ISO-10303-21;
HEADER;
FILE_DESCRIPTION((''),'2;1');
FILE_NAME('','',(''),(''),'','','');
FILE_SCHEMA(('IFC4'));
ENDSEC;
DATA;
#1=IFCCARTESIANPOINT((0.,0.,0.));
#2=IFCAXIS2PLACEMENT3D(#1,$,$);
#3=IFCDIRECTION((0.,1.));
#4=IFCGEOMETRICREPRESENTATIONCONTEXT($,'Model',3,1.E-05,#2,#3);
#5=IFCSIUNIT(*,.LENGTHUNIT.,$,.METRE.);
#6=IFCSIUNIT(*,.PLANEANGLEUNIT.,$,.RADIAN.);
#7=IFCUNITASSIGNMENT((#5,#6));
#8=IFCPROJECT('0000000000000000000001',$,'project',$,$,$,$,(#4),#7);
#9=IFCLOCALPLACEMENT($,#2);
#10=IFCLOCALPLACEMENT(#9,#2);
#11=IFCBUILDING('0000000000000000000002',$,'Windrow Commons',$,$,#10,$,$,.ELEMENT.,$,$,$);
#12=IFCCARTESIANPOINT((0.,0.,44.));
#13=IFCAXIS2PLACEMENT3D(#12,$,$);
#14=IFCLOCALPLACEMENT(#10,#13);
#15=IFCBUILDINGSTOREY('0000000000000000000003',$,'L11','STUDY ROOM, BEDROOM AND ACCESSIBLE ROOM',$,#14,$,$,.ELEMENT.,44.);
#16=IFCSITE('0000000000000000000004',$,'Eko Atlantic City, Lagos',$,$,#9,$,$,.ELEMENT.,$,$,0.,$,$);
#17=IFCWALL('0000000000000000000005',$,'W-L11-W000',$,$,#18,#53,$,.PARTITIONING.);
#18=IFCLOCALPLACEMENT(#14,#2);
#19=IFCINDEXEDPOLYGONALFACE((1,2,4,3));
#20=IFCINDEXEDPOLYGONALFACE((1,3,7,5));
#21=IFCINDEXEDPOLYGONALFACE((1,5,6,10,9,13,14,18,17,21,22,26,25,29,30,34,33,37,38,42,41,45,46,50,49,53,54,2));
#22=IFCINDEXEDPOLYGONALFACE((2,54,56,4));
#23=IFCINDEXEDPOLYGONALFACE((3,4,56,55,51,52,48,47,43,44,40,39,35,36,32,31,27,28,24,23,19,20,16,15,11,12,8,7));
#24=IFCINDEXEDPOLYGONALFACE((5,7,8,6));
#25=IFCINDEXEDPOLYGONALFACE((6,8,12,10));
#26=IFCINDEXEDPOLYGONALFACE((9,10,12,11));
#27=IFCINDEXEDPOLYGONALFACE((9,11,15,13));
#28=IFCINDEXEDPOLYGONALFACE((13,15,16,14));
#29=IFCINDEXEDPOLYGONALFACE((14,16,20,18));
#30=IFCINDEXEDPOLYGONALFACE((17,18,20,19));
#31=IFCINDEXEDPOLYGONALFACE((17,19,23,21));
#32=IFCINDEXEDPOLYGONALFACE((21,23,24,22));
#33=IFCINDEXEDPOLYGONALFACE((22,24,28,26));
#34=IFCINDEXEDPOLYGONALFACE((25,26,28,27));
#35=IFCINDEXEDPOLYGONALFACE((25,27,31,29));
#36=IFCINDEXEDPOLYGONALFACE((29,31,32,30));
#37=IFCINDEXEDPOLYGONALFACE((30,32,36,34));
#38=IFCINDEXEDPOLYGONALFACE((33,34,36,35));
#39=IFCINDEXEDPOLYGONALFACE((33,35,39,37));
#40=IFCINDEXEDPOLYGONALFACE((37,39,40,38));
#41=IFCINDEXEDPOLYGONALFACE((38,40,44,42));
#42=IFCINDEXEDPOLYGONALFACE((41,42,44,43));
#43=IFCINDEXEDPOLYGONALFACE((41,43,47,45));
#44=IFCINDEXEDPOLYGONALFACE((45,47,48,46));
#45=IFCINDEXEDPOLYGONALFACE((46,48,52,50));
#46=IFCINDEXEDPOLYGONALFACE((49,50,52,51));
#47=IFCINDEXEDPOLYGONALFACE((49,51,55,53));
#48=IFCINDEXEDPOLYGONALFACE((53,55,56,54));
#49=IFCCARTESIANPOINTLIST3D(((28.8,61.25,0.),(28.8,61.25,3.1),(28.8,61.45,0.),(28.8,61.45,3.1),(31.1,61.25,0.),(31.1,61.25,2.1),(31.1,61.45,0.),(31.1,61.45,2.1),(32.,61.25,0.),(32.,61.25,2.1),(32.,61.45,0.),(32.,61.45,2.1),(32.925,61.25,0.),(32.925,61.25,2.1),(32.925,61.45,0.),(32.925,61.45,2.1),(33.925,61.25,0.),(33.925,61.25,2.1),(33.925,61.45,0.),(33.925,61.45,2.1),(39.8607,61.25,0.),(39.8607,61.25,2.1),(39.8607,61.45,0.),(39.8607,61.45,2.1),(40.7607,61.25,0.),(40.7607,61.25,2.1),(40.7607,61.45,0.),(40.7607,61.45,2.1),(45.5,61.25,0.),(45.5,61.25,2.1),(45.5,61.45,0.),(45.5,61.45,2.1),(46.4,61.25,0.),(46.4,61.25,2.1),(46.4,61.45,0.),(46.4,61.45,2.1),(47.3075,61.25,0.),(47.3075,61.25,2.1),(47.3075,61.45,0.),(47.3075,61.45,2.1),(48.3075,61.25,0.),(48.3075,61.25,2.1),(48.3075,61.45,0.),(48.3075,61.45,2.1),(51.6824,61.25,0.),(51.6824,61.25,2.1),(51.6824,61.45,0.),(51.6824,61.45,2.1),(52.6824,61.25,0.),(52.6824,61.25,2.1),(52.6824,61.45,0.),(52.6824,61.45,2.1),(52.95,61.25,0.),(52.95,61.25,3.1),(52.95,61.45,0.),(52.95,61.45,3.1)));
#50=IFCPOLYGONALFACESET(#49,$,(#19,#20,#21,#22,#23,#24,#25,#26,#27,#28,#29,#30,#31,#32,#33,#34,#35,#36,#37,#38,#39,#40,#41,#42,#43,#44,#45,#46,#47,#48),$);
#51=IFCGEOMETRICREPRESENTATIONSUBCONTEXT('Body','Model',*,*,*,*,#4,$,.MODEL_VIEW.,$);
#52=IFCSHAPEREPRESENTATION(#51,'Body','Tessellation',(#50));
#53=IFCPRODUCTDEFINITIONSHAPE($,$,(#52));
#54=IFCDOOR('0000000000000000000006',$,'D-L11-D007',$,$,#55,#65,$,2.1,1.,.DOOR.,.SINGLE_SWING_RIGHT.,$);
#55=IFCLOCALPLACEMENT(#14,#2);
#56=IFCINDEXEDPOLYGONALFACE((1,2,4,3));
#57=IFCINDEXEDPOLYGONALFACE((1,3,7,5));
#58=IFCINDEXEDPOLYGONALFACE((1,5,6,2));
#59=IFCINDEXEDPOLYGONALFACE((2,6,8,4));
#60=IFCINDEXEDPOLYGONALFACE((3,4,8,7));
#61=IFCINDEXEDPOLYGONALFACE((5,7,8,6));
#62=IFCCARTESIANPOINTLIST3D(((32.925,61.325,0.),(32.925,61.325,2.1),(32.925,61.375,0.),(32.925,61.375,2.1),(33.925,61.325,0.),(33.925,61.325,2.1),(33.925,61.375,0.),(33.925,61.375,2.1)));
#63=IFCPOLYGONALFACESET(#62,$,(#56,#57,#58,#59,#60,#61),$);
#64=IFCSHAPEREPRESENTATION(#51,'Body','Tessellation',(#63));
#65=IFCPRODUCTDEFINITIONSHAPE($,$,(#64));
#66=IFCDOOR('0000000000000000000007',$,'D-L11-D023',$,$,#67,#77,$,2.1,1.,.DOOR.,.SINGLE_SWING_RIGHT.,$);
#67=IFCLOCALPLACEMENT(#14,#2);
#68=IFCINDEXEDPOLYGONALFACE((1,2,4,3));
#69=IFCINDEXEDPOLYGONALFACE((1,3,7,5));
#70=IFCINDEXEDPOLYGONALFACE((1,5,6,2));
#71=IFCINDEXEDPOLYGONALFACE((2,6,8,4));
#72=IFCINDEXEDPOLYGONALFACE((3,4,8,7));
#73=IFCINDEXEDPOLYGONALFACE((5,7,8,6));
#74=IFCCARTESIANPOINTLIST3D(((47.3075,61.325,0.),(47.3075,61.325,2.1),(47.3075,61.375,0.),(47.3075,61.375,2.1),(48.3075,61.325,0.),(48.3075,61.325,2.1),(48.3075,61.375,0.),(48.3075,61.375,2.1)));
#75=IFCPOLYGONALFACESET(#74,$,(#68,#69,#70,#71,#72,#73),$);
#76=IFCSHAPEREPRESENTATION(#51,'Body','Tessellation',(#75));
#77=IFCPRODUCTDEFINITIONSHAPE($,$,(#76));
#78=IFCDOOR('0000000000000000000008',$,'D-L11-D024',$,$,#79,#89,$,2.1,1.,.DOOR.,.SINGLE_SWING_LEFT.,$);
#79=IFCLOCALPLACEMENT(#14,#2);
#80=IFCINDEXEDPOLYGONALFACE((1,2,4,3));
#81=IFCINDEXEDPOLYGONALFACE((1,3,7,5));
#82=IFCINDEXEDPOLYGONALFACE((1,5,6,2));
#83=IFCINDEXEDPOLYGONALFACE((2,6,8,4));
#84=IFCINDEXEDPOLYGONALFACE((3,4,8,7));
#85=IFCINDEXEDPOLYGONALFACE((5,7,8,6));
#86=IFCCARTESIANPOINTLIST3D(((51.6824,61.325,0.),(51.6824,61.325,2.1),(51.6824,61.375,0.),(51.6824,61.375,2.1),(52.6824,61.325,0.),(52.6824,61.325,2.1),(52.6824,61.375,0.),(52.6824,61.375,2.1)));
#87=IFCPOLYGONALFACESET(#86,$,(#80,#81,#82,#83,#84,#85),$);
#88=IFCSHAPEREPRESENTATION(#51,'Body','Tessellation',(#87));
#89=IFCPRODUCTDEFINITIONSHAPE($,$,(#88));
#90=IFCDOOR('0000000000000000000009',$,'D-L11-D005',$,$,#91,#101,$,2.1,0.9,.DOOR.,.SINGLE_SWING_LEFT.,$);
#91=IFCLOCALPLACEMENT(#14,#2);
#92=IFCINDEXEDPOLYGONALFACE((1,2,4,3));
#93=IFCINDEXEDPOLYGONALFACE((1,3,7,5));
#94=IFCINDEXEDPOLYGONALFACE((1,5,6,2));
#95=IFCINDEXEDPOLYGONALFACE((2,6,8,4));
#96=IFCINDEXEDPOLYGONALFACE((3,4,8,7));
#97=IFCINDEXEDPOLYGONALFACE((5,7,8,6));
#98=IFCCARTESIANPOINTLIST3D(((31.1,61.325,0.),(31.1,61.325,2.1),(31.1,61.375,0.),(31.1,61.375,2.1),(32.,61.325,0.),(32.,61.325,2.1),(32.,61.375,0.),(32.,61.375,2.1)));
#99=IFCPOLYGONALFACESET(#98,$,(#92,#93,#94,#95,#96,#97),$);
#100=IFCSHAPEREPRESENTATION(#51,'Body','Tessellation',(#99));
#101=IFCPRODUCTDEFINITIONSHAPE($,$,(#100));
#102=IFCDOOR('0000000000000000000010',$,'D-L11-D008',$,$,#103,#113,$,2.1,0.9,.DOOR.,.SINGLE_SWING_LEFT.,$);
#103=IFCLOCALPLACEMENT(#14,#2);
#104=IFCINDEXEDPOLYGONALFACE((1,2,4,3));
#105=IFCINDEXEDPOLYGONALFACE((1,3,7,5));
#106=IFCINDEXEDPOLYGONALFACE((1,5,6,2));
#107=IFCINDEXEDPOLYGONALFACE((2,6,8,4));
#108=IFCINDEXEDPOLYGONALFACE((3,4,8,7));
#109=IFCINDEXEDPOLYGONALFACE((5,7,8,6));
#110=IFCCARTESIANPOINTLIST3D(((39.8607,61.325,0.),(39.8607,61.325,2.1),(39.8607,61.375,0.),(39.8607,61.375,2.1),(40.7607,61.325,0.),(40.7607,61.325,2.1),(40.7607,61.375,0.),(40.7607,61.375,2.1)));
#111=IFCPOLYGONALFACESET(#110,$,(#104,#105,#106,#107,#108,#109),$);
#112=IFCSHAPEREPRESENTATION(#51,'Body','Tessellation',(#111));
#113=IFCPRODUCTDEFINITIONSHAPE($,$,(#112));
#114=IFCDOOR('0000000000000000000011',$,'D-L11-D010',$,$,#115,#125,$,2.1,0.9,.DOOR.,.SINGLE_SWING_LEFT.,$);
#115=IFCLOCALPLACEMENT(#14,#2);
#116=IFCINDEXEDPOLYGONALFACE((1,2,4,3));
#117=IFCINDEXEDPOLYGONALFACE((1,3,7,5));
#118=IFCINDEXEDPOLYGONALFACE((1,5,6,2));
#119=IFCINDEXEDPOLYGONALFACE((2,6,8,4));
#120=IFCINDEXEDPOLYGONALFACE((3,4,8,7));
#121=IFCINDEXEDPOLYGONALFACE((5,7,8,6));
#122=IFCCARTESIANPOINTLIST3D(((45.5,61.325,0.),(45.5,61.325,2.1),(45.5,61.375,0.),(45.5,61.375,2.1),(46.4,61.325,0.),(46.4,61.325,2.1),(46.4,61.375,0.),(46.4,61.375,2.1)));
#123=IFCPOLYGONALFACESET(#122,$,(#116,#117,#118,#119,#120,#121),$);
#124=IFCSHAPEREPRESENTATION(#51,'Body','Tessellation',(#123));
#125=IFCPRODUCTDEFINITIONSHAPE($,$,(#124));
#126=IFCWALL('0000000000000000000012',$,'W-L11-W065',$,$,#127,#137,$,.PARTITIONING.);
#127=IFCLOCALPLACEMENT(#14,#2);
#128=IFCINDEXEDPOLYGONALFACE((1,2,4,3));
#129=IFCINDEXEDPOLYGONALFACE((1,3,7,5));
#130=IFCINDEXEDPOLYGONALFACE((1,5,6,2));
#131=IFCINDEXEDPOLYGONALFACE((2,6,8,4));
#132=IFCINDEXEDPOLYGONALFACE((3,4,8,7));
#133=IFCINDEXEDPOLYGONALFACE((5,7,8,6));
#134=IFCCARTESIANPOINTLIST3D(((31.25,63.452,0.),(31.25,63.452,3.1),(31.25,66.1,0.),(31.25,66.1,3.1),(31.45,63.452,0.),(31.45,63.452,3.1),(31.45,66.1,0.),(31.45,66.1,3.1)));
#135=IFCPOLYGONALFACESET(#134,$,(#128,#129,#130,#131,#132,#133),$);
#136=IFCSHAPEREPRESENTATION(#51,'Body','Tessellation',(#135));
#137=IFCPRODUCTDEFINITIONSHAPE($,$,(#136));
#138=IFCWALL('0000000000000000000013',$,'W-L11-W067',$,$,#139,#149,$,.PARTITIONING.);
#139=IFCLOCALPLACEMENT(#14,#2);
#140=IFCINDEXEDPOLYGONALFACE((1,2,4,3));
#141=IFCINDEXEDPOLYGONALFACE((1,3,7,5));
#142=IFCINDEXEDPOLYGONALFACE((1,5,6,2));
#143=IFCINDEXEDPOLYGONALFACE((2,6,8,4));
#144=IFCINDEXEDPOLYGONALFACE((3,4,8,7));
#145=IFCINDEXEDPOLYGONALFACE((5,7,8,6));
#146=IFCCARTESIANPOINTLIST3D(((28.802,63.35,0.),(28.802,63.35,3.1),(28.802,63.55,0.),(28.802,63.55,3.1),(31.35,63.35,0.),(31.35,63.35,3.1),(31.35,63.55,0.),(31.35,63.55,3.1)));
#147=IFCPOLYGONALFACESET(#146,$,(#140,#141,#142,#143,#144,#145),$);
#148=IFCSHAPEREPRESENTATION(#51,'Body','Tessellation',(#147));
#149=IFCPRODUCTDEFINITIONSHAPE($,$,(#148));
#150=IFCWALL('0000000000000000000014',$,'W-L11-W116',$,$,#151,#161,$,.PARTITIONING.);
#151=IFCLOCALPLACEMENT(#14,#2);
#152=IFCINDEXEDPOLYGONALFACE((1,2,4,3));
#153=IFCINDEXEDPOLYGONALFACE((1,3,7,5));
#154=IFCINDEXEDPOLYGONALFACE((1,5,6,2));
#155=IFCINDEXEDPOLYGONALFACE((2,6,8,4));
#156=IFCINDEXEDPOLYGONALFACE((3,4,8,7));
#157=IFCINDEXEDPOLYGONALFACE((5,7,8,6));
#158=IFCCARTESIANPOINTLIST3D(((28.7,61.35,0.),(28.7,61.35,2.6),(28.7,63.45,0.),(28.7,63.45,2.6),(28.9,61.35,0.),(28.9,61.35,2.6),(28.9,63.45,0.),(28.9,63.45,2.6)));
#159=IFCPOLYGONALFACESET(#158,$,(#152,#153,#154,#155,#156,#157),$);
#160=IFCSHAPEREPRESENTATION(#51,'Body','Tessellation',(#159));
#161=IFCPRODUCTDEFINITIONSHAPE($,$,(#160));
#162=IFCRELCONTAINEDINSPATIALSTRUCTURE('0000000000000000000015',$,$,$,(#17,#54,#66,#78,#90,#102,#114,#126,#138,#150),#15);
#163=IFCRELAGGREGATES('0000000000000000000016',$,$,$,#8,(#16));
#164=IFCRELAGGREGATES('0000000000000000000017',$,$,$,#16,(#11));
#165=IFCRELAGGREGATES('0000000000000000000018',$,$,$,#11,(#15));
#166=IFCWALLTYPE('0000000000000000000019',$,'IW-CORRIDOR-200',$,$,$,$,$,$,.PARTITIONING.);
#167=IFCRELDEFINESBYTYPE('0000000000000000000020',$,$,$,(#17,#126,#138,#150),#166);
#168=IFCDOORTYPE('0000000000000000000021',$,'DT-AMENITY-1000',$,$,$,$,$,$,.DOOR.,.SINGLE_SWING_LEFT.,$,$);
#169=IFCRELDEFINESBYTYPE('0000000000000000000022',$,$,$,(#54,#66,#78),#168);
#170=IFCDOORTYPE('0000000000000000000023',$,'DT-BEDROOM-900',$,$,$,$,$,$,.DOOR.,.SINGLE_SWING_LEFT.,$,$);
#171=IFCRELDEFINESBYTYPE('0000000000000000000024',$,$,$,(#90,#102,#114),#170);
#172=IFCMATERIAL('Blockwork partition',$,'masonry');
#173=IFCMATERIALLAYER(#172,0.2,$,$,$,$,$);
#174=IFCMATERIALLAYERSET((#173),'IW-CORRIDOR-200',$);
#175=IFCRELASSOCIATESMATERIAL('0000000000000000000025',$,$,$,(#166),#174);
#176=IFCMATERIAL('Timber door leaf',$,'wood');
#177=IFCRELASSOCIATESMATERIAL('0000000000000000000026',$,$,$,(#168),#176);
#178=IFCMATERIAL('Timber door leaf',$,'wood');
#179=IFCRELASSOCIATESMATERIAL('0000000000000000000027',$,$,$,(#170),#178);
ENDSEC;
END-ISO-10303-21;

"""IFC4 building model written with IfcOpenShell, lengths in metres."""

from ifc_helpers import new_model, si_unit, direction, frame, frame_2d, origin, place, context, subcontext, project, spatial, rectangle, extrude, material, layer, layer_set, type_object, element, fill, save


model = new_model("IFC4")

# Units and contexts
model_context = context("Model", 3, precision=1e-05, world=origin(), true_north=direction((0.0, 1.0)))
body_context = subcontext(model_context, "Body", "Model", "MODEL_VIEW")
ifc_project = project(units=[si_unit("LENGTHUNIT", "METRE"), si_unit("PLANEANGLEUNIT", "RADIAN")], contexts=[model_context])

# Site, building, storey
site_placement = place(None, origin())
site = spatial("IfcSite", under=ifc_project, at=site_placement, Name="Eko Atlantic City, Lagos", CompositionType="ELEMENT", RefElevation=0.0)
building_placement = place(site_placement, origin())
building = spatial("IfcBuilding", under=site, at=building_placement, Name="Windrow Commons", CompositionType="ELEMENT")
storey_placement = place(building_placement, frame((0.0, 0.0, 44.0)))
storey = spatial("IfcBuildingStorey", under=building, at=storey_placement, Name="L11", Description="STUDY ROOM, BEDROOM AND ACCESSIBLE ROOM", CompositionType="ELEMENT", Elevation=44.0)

# Wall, openings, doors
ifc_material_1 = material(Name="Blockwork partition", Category="masonry")
ifc_layer_1 = layer(ifc_material_1, 0.2)
ifc_layer_set_1 = layer_set([ifc_layer_1], Name="IW-CORRIDOR-200")
wall_type_1 = type_object("IfcWallType", Name="IW-CORRIDOR-200", PredefinedType="PARTITIONING", material=ifc_layer_set_1)
wall_1_placement = place(storey_placement, frame((28.8, 61.35, 0.0), z_axis=(0.0, 0.0, 1.0), x_axis=(1.0, 0.0, 0.0)))
wall_1 = element("IfcWall", 1, at=wall_1_placement, inside=storey, type_object=wall_type_1, Name="W-L11-W000", PredefinedType="PARTITIONING", context=body_context, shape_type="SweptSolid", body=[
    extrude(rectangle(XDim=24.15, YDim=0.2, at=frame_2d((12.075, 0.0))), origin(), (0.0, 0.0, 1.0), 3.1),
])
opening_1_placement = place(wall_1_placement, frame((2.3, 0.0, 0.0)))
opening_1 = element("IfcOpeningElement", 2, at=opening_1_placement, cuts=wall_1, PredefinedType="OPENING", context=body_context, shape_type="SweptSolid", body=[
    extrude(rectangle(XDim=0.9, YDim=2.1, at=frame_2d((0.45, 1.05))), frame((0.0, 0.11, 0.0), z_axis=(0.0, -1.0, 0.0), x_axis=(1.0, 0.0, 0.0)), (0.0, 0.0, 1.0), 0.22),
])
opening_2_placement = place(wall_1_placement, frame((4.125, 0.0, 0.0)))
opening_2 = element("IfcOpeningElement", 3, at=opening_2_placement, cuts=wall_1, PredefinedType="OPENING", context=body_context, shape_type="SweptSolid", body=[
    extrude(rectangle(XDim=1.0, YDim=2.1, at=frame_2d((0.5, 1.05))), frame((0.0, 0.11, 0.0), z_axis=(0.0, -1.0, 0.0), x_axis=(1.0, 0.0, 0.0)), (0.0, 0.0, 1.0), 0.22),
])
opening_3_placement = place(wall_1_placement, frame((11.0607, 0.0, 0.0)))
opening_3 = element("IfcOpeningElement", 4, at=opening_3_placement, cuts=wall_1, PredefinedType="OPENING", context=body_context, shape_type="SweptSolid", body=[
    extrude(rectangle(XDim=0.9, YDim=2.1, at=frame_2d((0.45, 1.05))), frame((0.0, 0.11, 0.0), z_axis=(0.0, -1.0, 0.0), x_axis=(1.0, 0.0, 0.0)), (0.0, 0.0, 1.0), 0.22),
])
opening_4_placement = place(wall_1_placement, frame((16.7, 0.0, 0.0)))
opening_4 = element("IfcOpeningElement", 5, at=opening_4_placement, cuts=wall_1, PredefinedType="OPENING", context=body_context, shape_type="SweptSolid", body=[
    extrude(rectangle(XDim=0.9, YDim=2.1, at=frame_2d((0.45, 1.05))), frame((0.0, 0.11, 0.0), z_axis=(0.0, -1.0, 0.0), x_axis=(1.0, 0.0, 0.0)), (0.0, 0.0, 1.0), 0.22),
])
opening_5_placement = place(wall_1_placement, frame((18.5075, 0.0, 0.0)))
opening_5 = element("IfcOpeningElement", 6, at=opening_5_placement, cuts=wall_1, PredefinedType="OPENING", context=body_context, shape_type="SweptSolid", body=[
    extrude(rectangle(XDim=1.0, YDim=2.1, at=frame_2d((0.5, 1.05))), frame((0.0, 0.11, 0.0), z_axis=(0.0, -1.0, 0.0), x_axis=(1.0, 0.0, 0.0)), (0.0, 0.0, 1.0), 0.22),
])
opening_6_placement = place(wall_1_placement, frame((22.8824, 0.0, 0.0)))
opening_6 = element("IfcOpeningElement", 7, at=opening_6_placement, cuts=wall_1, PredefinedType="OPENING", context=body_context, shape_type="SweptSolid", body=[
    extrude(rectangle(XDim=1.0, YDim=2.1, at=frame_2d((0.5, 1.05))), frame((0.0, 0.11, 0.0), z_axis=(0.0, -1.0, 0.0), x_axis=(1.0, 0.0, 0.0)), (0.0, 0.0, 1.0), 0.22),
])
ifc_material_2 = material(Name="Timber door leaf", Category="wood")
door_type_1 = type_object("IfcDoorType", Name="DT-AMENITY-1000", OperationType="SINGLE_SWING_LEFT", PredefinedType="DOOR", material=ifc_material_2)
door_1_placement = place(opening_2_placement, origin())
door_1 = element("IfcDoor", 8, at=door_1_placement, inside=storey, type_object=door_type_1, Name="D-L11-D007", OperationType="SINGLE_SWING_RIGHT", OverallHeight=2.1, OverallWidth=1.0, PredefinedType="DOOR", context=body_context, shape_type="SweptSolid", body=[
    extrude(rectangle(XDim=1.0, YDim=2.1, at=frame_2d((0.5, 1.05))), frame((0.0, 0.025, 0.0), z_axis=(0.0, -1.0, 0.0), x_axis=(1.0, 0.0, 0.0)), (0.0, 0.0, 1.0), 0.05),
])
fill(opening_2, door_1)
door_2_placement = place(opening_5_placement, origin())
door_2 = element("IfcDoor", 9, at=door_2_placement, inside=storey, type_object=door_type_1, Name="D-L11-D023", OperationType="SINGLE_SWING_RIGHT", OverallHeight=2.1, OverallWidth=1.0, PredefinedType="DOOR", context=body_context, shape_type="SweptSolid", body=[
    extrude(rectangle(XDim=1.0, YDim=2.1, at=frame_2d((0.5, 1.05))), frame((0.0, 0.025, 0.0), z_axis=(0.0, -1.0, 0.0), x_axis=(1.0, 0.0, 0.0)), (0.0, 0.0, 1.0), 0.05),
])
fill(opening_5, door_2)
door_3_placement = place(opening_6_placement, origin())
door_3 = element("IfcDoor", 10, at=door_3_placement, inside=storey, type_object=door_type_1, Name="D-L11-D024", OperationType="SINGLE_SWING_LEFT", OverallHeight=2.1, OverallWidth=1.0, PredefinedType="DOOR", context=body_context, shape_type="SweptSolid", body=[
    extrude(rectangle(XDim=1.0, YDim=2.1, at=frame_2d((0.5, 1.05))), frame((0.0, 0.025, 0.0), z_axis=(0.0, -1.0, 0.0), x_axis=(1.0, 0.0, 0.0)), (0.0, 0.0, 1.0), 0.05),
])
fill(opening_6, door_3)
ifc_material_3 = material(Name="Timber door leaf", Category="wood")
door_type_2 = type_object("IfcDoorType", Name="DT-BEDROOM-900", OperationType="SINGLE_SWING_LEFT", PredefinedType="DOOR", material=ifc_material_3)
door_4_placement = place(opening_1_placement, origin())
door_4 = element("IfcDoor", 11, at=door_4_placement, inside=storey, type_object=door_type_2, Name="D-L11-D005", OperationType="SINGLE_SWING_LEFT", OverallHeight=2.1, OverallWidth=0.9, PredefinedType="DOOR", context=body_context, shape_type="SweptSolid", body=[
    extrude(rectangle(XDim=0.9, YDim=2.1, at=frame_2d((0.45, 1.05))), frame((0.0, 0.025, 0.0), z_axis=(0.0, -1.0, 0.0), x_axis=(1.0, 0.0, 0.0)), (0.0, 0.0, 1.0), 0.05),
])
fill(opening_1, door_4)
door_5_placement = place(opening_3_placement, origin())
door_5 = element("IfcDoor", 12, at=door_5_placement, inside=storey, type_object=door_type_2, Name="D-L11-D008", OperationType="SINGLE_SWING_LEFT", OverallHeight=2.1, OverallWidth=0.9, PredefinedType="DOOR", context=body_context, shape_type="SweptSolid", body=[
    extrude(rectangle(XDim=0.9, YDim=2.1, at=frame_2d((0.45, 1.05))), frame((0.0, 0.025, 0.0), z_axis=(0.0, -1.0, 0.0), x_axis=(1.0, 0.0, 0.0)), (0.0, 0.0, 1.0), 0.05),
])
fill(opening_3, door_5)
door_6_placement = place(opening_4_placement, origin())
door_6 = element("IfcDoor", 13, at=door_6_placement, inside=storey, type_object=door_type_2, Name="D-L11-D010", OperationType="SINGLE_SWING_LEFT", OverallHeight=2.1, OverallWidth=0.9, PredefinedType="DOOR", context=body_context, shape_type="SweptSolid", body=[
    extrude(rectangle(XDim=0.9, YDim=2.1, at=frame_2d((0.45, 1.05))), frame((0.0, 0.025, 0.0), z_axis=(0.0, -1.0, 0.0), x_axis=(1.0, 0.0, 0.0)), (0.0, 0.0, 1.0), 0.05),
])
fill(opening_4, door_6)

# Walls
wall_2_placement = place(storey_placement, frame((31.35, 63.452, 0.0), z_axis=(0.0, 0.0, 1.0), x_axis=(0.0, 1.0, 0.0)))
element("IfcWall", 14, at=wall_2_placement, inside=storey, type_object=wall_type_1, Name="W-L11-W065", PredefinedType="PARTITIONING", context=body_context, shape_type="SweptSolid", body=[
    extrude(rectangle(XDim=2.648, YDim=0.2, at=frame_2d((1.324, 0.0))), origin(), (0.0, 0.0, 1.0), 3.1),
])
wall_3_placement = place(storey_placement, frame((28.802, 63.45, 0.0), z_axis=(0.0, 0.0, 1.0), x_axis=(1.0, 0.0, 0.0)))
element("IfcWall", 15, at=wall_3_placement, inside=storey, type_object=wall_type_1, Name="W-L11-W067", PredefinedType="PARTITIONING", context=body_context, shape_type="SweptSolid", body=[
    extrude(rectangle(XDim=2.548, YDim=0.2, at=frame_2d((1.274, 0.0))), origin(), (0.0, 0.0, 1.0), 3.1),
])
wall_4_placement = place(storey_placement, frame((28.8, 61.35, 0.0), z_axis=(0.0, 0.0, 1.0), x_axis=(0.0, 1.0, 0.0)))
element("IfcWall", 16, at=wall_4_placement, inside=storey, type_object=wall_type_1, Name="W-L11-W116", PredefinedType="PARTITIONING", context=body_context, shape_type="SweptSolid", body=[
    extrude(rectangle(XDim=2.1, YDim=0.2, at=frame_2d((1.05, 0.0))), origin(), (0.0, 0.0, 1.0), 2.6),
])

save(model, "model.ifc")
